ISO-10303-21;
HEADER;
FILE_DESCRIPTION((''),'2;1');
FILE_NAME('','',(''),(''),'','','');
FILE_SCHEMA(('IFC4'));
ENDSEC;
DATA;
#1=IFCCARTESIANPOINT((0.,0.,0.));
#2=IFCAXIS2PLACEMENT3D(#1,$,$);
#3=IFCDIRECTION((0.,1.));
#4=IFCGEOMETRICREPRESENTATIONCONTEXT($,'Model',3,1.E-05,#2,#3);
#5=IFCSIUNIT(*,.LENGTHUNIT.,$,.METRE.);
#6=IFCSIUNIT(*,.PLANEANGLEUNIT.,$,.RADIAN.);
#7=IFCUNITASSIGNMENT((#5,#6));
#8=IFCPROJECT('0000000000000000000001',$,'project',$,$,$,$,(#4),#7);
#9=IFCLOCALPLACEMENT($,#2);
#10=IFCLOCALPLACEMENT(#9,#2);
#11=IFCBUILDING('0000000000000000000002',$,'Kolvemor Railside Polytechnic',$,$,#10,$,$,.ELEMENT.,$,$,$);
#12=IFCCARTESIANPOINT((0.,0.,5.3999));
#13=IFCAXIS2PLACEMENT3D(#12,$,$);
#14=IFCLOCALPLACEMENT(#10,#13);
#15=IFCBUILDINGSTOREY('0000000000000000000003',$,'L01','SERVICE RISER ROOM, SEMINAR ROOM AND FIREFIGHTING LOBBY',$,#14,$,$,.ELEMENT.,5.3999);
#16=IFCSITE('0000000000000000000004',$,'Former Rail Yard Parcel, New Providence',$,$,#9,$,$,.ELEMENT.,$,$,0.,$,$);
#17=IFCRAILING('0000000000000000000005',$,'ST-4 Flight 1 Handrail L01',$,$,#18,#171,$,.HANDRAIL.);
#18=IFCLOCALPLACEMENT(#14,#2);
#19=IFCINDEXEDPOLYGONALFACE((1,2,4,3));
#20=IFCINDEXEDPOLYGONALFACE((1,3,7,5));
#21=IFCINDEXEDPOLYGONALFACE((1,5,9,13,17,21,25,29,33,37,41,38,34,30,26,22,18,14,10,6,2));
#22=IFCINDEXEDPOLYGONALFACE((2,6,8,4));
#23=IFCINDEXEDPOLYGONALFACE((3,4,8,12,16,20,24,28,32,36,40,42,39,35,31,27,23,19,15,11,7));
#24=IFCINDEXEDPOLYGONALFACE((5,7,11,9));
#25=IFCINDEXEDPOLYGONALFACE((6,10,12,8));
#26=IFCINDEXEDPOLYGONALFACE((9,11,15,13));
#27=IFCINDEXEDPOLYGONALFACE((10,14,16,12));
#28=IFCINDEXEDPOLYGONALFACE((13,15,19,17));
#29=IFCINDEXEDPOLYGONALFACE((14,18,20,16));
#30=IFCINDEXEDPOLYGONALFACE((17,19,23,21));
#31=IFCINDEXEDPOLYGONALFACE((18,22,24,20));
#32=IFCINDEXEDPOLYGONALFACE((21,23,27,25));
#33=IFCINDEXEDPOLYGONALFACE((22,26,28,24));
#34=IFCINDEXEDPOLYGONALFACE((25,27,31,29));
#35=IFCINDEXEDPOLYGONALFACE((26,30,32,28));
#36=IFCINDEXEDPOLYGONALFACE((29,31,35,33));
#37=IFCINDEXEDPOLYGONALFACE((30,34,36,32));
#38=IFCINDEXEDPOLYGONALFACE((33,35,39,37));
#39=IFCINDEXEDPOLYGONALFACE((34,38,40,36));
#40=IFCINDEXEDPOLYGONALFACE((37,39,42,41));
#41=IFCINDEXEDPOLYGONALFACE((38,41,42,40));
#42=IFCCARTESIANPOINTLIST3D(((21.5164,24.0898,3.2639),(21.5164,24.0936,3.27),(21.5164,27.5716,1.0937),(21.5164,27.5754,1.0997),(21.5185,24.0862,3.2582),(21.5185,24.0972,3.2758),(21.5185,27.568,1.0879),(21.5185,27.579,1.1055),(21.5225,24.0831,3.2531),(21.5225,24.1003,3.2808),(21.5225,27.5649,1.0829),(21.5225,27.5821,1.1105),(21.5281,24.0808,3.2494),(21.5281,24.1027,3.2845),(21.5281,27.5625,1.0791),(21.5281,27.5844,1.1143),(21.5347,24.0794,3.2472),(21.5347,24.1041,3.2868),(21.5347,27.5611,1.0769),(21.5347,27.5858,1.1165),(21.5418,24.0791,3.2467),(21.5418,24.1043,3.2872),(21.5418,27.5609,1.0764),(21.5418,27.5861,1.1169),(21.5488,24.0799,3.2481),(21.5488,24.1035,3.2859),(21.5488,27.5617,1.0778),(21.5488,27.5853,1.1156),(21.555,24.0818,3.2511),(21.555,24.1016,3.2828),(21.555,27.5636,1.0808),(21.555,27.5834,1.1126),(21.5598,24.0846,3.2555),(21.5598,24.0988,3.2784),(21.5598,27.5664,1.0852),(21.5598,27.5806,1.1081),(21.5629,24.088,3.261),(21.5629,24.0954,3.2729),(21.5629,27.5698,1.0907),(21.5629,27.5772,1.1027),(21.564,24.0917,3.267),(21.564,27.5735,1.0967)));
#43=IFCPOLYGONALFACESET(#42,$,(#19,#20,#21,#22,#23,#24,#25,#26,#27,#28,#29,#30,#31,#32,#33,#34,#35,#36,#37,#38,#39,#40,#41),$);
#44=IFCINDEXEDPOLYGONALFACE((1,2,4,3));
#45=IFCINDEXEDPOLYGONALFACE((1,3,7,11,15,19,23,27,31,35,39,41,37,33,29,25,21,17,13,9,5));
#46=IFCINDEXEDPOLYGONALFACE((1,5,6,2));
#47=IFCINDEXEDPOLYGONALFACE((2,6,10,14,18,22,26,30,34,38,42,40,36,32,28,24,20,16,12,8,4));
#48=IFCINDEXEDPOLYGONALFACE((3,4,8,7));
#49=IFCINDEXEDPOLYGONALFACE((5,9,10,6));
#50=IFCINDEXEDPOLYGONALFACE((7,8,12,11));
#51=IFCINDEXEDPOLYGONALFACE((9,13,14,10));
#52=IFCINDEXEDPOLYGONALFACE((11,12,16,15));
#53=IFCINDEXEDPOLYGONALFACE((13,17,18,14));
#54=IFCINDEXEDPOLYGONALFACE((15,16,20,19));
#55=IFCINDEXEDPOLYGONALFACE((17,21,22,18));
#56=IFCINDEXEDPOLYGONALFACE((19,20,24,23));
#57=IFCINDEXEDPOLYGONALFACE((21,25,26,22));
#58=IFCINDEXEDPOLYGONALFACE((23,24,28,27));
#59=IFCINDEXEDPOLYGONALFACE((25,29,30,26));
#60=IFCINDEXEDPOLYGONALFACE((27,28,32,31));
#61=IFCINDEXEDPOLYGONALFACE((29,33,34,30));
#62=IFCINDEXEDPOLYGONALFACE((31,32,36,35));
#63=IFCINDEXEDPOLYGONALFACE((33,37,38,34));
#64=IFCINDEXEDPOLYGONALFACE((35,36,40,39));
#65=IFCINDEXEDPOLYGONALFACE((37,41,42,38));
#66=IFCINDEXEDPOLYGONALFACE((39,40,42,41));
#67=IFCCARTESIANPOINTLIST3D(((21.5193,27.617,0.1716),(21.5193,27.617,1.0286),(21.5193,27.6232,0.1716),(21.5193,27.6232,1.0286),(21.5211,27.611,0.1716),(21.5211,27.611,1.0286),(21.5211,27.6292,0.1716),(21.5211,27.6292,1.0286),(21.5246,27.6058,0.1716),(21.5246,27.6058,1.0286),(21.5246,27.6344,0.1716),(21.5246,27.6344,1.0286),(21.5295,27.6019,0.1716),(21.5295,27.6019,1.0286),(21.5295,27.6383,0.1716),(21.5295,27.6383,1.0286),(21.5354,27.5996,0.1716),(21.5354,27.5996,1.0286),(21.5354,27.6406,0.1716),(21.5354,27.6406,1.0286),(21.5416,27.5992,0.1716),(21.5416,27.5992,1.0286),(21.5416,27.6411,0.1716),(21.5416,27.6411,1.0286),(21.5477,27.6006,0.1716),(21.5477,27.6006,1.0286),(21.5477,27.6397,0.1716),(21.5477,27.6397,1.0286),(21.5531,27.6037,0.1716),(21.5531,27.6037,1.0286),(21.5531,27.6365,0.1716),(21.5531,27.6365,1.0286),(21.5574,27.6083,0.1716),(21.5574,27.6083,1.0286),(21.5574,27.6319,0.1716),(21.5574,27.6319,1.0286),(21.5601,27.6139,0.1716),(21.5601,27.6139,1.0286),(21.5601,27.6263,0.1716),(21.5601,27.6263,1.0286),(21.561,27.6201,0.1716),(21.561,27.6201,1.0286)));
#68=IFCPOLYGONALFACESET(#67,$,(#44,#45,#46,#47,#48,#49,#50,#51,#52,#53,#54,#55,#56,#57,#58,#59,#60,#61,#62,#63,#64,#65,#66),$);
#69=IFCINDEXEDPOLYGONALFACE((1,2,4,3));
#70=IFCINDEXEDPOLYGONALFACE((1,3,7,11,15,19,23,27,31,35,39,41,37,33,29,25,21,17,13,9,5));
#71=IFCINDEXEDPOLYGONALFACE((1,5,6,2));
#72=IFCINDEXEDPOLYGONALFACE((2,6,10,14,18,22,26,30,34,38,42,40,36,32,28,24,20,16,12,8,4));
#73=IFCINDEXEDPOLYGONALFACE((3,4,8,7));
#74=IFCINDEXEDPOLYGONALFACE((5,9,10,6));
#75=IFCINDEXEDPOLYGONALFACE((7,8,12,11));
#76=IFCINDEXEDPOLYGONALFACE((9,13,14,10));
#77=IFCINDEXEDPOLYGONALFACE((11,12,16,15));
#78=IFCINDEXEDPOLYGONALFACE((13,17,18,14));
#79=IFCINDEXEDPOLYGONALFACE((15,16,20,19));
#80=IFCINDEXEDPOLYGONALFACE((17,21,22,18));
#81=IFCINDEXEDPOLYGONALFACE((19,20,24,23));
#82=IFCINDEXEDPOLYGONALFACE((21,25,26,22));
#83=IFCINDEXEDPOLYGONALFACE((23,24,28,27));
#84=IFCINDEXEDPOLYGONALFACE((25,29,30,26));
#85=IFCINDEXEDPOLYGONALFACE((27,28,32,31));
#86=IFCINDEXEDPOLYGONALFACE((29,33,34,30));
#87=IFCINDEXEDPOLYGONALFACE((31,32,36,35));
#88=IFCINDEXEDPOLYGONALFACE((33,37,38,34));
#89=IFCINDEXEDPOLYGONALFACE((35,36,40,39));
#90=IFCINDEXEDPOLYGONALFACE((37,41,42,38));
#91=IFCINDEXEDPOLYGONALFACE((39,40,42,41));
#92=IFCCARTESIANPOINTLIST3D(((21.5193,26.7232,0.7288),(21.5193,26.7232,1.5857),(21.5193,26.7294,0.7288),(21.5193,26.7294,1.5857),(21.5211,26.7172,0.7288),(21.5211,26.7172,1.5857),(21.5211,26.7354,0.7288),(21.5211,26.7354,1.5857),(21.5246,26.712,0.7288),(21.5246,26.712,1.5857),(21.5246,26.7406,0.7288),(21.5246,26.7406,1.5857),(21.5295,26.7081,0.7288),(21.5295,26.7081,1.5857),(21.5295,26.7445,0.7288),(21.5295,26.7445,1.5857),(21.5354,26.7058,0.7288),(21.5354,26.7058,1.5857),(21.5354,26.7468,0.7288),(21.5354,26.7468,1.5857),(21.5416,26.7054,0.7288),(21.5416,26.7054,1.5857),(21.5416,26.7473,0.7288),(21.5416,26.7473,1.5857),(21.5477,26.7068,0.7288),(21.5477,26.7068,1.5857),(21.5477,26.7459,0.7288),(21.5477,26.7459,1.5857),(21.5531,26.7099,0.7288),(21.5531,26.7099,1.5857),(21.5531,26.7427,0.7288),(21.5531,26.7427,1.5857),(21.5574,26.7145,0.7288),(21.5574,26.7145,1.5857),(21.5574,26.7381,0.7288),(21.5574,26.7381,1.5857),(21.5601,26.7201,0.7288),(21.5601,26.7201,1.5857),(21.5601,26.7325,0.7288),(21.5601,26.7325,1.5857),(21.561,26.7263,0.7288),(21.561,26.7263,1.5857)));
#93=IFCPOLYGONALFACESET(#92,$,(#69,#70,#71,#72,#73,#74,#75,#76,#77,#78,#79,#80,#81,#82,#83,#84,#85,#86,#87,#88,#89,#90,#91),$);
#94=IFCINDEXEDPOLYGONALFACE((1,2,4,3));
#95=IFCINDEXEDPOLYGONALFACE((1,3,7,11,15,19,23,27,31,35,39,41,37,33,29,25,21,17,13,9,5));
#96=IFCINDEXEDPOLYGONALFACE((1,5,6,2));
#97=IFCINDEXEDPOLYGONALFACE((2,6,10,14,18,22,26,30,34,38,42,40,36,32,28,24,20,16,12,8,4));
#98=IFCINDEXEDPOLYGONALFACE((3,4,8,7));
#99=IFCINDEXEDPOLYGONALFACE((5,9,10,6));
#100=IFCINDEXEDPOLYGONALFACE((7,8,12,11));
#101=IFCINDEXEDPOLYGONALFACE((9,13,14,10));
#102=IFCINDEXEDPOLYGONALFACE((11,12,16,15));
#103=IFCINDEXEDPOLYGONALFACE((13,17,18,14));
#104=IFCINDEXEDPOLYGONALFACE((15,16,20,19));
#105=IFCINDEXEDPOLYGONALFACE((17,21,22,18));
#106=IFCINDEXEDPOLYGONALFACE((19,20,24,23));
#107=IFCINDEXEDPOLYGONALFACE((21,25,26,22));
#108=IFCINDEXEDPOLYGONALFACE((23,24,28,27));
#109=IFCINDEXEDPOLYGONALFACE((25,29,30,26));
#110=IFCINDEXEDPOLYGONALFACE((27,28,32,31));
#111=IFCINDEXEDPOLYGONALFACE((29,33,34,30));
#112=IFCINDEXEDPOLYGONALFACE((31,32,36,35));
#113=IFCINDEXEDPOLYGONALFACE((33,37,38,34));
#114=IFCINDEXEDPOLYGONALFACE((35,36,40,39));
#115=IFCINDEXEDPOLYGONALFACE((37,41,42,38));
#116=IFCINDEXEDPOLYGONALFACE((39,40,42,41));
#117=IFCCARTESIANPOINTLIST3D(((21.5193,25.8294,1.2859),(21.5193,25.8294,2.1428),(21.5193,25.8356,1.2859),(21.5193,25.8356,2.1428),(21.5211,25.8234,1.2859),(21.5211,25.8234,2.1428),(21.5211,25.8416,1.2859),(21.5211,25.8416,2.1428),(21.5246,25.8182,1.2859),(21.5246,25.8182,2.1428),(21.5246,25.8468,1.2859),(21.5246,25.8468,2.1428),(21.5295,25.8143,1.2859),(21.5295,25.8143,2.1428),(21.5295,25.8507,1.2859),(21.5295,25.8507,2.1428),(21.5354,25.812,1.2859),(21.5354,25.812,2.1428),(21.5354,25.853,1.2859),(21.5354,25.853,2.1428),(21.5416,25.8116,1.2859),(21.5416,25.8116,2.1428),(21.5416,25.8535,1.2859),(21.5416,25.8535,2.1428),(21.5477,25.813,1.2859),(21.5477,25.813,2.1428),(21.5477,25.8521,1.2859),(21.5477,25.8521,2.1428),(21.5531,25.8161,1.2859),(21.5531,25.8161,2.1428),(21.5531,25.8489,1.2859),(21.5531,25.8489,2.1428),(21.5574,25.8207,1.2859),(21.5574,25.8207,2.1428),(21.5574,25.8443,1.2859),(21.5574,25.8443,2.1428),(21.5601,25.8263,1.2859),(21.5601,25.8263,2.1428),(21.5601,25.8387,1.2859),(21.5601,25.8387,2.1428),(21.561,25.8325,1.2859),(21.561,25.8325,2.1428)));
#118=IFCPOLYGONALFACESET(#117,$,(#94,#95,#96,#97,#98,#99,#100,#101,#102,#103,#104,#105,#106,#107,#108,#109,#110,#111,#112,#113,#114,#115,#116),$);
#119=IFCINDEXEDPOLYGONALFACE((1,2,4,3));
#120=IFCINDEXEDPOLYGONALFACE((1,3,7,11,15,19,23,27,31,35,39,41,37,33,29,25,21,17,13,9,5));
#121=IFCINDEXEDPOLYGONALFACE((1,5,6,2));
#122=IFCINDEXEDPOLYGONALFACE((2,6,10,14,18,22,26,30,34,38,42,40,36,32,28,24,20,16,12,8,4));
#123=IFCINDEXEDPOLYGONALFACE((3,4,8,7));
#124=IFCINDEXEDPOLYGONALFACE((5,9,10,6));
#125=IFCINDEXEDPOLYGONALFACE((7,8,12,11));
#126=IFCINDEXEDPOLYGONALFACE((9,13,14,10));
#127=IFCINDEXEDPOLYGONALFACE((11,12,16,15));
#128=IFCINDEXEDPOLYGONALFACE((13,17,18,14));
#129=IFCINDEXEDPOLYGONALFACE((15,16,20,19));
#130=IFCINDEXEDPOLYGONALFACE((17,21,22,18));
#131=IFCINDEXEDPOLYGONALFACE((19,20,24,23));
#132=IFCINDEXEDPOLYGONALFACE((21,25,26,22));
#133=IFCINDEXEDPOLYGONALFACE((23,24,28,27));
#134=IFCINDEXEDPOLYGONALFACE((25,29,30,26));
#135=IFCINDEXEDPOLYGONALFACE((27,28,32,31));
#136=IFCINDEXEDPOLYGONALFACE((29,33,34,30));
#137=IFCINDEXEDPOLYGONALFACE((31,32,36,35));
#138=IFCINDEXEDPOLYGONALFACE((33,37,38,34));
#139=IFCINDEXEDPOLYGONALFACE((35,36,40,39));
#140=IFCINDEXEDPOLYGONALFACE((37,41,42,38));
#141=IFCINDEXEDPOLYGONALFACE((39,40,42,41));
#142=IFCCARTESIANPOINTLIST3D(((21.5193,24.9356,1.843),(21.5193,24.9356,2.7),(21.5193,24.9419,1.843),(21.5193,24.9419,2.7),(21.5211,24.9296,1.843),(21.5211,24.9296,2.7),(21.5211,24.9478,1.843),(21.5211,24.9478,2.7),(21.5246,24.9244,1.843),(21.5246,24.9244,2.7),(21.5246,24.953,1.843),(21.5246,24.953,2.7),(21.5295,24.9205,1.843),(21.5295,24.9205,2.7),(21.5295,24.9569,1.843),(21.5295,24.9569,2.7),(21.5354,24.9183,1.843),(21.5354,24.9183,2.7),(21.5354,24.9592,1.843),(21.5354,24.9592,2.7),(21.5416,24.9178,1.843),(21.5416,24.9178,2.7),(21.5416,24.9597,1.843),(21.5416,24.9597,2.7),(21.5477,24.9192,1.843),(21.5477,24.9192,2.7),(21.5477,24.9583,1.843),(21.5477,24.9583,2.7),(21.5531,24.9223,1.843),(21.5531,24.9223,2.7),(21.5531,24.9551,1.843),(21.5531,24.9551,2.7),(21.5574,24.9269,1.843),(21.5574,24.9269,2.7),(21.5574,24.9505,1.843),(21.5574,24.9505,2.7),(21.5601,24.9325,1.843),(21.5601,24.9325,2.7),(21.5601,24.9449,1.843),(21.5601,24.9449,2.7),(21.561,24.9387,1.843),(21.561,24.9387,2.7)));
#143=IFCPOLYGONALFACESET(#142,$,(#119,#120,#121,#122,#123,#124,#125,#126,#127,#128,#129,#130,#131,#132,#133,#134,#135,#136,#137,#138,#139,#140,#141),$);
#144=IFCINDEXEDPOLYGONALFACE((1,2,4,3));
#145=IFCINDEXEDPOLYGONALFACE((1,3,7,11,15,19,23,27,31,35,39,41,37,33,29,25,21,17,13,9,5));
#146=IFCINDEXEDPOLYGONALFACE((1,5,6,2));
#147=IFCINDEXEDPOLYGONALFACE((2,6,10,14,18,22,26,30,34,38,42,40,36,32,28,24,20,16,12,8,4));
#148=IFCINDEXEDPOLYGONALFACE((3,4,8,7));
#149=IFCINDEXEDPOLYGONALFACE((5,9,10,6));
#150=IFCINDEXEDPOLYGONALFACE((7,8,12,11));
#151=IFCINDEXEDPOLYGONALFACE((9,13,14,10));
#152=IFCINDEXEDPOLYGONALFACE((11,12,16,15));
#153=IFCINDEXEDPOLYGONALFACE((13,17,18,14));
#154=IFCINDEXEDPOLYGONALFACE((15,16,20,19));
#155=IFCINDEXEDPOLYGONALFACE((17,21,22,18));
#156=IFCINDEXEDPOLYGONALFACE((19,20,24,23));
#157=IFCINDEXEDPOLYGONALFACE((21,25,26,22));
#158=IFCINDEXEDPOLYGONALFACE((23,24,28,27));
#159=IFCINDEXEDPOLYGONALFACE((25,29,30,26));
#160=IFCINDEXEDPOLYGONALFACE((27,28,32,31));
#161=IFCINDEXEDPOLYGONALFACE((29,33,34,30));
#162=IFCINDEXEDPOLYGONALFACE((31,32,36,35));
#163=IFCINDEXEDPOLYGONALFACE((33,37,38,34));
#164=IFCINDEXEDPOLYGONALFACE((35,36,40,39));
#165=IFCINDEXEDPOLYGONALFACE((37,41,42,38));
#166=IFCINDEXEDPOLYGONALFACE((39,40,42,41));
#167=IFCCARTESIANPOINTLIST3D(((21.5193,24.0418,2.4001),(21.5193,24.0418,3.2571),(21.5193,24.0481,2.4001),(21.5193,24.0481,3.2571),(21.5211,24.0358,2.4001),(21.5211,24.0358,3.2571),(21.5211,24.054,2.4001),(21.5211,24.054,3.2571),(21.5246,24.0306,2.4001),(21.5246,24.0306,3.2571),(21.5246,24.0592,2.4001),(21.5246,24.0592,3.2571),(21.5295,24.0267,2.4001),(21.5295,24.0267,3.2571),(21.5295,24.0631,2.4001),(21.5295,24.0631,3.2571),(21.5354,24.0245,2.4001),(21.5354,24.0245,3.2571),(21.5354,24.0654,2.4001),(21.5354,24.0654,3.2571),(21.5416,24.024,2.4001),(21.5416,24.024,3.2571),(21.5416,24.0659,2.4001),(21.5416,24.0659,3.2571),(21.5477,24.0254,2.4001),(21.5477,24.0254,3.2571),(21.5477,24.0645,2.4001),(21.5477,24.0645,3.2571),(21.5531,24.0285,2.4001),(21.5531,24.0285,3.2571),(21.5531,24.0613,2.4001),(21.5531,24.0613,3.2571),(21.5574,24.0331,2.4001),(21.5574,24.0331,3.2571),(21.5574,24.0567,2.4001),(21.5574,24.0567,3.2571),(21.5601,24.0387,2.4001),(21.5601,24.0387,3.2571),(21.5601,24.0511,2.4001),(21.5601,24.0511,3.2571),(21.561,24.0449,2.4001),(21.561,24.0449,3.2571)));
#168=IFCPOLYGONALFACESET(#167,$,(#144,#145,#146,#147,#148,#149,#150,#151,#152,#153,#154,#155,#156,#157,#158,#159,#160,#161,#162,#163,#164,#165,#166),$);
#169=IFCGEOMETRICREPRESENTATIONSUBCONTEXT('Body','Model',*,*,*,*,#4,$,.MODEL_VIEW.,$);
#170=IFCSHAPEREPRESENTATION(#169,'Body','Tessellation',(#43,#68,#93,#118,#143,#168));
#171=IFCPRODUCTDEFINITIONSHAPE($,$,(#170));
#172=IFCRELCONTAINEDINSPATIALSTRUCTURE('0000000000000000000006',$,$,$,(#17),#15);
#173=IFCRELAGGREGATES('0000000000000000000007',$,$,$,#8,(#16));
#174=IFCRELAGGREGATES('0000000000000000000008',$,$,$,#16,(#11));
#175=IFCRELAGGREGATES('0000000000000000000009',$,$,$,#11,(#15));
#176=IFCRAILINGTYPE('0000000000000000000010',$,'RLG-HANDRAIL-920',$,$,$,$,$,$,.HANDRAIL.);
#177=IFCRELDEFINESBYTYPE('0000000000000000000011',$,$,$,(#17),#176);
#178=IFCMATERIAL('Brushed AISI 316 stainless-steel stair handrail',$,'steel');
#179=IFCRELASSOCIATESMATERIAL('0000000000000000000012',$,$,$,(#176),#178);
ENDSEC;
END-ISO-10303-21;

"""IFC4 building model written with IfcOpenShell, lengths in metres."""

from ifc_helpers import new_model, si_unit, direction, frame, origin, origin_2d, place, context, subcontext, project, spatial, circle, extrude, material, type_object, element, save


model = new_model("IFC4")

# Units and contexts
model_context = context("Model", 3, precision=1e-05, world=origin(), true_north=direction((0.0, 1.0)))
body_context = subcontext(model_context, "Body", "Model", "MODEL_VIEW")
ifc_project = project(units=[si_unit("LENGTHUNIT", "METRE"), si_unit("PLANEANGLEUNIT", "RADIAN")], contexts=[model_context])

# Site, building, storey
site_placement = place(None, origin())
site = spatial("IfcSite", under=ifc_project, at=site_placement, Name="Former Rail Yard Parcel, New Providence", CompositionType="ELEMENT", RefElevation=0.0)
building_placement = place(site_placement, origin())
building = spatial("IfcBuilding", under=site, at=building_placement, Name="Kolvemor Railside Polytechnic", CompositionType="ELEMENT")
storey_placement = place(building_placement, frame((0.0, 0.0, 5.3999)))
storey = spatial("IfcBuildingStorey", under=building, at=storey_placement, Name="L01", Description="SERVICE RISER ROOM, SEMINAR ROOM AND FIREFIGHTING LOBBY", CompositionType="ELEMENT", Elevation=5.3999)

# Railing
ifc_material_1 = material(Name="Brushed AISI 316 stainless-steel stair handrail", Category="steel")
railing_type_1 = type_object("IfcRailingType", Name="RLG-HANDRAIL-920", PredefinedType="HANDRAIL", material=ifc_material_1)
railing_1_placement = place(storey_placement, frame((21.54, 27.6201, 0.1716)))
element("IfcRailing", 1, at=railing_1_placement, inside=storey, type_object=railing_type_1, Name="ST-4 Flight 1 Handrail L01", PredefinedType="HANDRAIL", context=body_context, shape_type="SweptSolid", body=[
    extrude(circle(Radius=0.0239, at=origin_2d()), frame((0.0, -0.0466, 0.925), z_axis=(0.0, -0.848636, 0.528978), x_axis=(1.0, 0.0, 0.0)), (0.0, 0.0, 1.0), 4.1028),
    extrude(circle(Radius=0.021, at=origin_2d()), origin(), (0.0, 0.0, 1.0), 0.8569),
    extrude(circle(Radius=0.021, at=origin_2d()), frame((0.0, -0.8938, 0.5571)), (0.0, 0.0, 1.0), 0.8569),
    extrude(circle(Radius=0.021, at=origin_2d()), frame((0.0, -1.7876, 1.1143)), (0.0, 0.0, 1.0), 0.8569),
    extrude(circle(Radius=0.021, at=origin_2d()), frame((0.0, -2.6814, 1.6714)), (0.0, 0.0, 1.0), 0.8569),
    extrude(circle(Radius=0.021, at=origin_2d()), frame((0.0, -3.5752, 2.2285)), (0.0, 0.0, 1.0), 0.8569),
])

save(model, "model.ifc")
